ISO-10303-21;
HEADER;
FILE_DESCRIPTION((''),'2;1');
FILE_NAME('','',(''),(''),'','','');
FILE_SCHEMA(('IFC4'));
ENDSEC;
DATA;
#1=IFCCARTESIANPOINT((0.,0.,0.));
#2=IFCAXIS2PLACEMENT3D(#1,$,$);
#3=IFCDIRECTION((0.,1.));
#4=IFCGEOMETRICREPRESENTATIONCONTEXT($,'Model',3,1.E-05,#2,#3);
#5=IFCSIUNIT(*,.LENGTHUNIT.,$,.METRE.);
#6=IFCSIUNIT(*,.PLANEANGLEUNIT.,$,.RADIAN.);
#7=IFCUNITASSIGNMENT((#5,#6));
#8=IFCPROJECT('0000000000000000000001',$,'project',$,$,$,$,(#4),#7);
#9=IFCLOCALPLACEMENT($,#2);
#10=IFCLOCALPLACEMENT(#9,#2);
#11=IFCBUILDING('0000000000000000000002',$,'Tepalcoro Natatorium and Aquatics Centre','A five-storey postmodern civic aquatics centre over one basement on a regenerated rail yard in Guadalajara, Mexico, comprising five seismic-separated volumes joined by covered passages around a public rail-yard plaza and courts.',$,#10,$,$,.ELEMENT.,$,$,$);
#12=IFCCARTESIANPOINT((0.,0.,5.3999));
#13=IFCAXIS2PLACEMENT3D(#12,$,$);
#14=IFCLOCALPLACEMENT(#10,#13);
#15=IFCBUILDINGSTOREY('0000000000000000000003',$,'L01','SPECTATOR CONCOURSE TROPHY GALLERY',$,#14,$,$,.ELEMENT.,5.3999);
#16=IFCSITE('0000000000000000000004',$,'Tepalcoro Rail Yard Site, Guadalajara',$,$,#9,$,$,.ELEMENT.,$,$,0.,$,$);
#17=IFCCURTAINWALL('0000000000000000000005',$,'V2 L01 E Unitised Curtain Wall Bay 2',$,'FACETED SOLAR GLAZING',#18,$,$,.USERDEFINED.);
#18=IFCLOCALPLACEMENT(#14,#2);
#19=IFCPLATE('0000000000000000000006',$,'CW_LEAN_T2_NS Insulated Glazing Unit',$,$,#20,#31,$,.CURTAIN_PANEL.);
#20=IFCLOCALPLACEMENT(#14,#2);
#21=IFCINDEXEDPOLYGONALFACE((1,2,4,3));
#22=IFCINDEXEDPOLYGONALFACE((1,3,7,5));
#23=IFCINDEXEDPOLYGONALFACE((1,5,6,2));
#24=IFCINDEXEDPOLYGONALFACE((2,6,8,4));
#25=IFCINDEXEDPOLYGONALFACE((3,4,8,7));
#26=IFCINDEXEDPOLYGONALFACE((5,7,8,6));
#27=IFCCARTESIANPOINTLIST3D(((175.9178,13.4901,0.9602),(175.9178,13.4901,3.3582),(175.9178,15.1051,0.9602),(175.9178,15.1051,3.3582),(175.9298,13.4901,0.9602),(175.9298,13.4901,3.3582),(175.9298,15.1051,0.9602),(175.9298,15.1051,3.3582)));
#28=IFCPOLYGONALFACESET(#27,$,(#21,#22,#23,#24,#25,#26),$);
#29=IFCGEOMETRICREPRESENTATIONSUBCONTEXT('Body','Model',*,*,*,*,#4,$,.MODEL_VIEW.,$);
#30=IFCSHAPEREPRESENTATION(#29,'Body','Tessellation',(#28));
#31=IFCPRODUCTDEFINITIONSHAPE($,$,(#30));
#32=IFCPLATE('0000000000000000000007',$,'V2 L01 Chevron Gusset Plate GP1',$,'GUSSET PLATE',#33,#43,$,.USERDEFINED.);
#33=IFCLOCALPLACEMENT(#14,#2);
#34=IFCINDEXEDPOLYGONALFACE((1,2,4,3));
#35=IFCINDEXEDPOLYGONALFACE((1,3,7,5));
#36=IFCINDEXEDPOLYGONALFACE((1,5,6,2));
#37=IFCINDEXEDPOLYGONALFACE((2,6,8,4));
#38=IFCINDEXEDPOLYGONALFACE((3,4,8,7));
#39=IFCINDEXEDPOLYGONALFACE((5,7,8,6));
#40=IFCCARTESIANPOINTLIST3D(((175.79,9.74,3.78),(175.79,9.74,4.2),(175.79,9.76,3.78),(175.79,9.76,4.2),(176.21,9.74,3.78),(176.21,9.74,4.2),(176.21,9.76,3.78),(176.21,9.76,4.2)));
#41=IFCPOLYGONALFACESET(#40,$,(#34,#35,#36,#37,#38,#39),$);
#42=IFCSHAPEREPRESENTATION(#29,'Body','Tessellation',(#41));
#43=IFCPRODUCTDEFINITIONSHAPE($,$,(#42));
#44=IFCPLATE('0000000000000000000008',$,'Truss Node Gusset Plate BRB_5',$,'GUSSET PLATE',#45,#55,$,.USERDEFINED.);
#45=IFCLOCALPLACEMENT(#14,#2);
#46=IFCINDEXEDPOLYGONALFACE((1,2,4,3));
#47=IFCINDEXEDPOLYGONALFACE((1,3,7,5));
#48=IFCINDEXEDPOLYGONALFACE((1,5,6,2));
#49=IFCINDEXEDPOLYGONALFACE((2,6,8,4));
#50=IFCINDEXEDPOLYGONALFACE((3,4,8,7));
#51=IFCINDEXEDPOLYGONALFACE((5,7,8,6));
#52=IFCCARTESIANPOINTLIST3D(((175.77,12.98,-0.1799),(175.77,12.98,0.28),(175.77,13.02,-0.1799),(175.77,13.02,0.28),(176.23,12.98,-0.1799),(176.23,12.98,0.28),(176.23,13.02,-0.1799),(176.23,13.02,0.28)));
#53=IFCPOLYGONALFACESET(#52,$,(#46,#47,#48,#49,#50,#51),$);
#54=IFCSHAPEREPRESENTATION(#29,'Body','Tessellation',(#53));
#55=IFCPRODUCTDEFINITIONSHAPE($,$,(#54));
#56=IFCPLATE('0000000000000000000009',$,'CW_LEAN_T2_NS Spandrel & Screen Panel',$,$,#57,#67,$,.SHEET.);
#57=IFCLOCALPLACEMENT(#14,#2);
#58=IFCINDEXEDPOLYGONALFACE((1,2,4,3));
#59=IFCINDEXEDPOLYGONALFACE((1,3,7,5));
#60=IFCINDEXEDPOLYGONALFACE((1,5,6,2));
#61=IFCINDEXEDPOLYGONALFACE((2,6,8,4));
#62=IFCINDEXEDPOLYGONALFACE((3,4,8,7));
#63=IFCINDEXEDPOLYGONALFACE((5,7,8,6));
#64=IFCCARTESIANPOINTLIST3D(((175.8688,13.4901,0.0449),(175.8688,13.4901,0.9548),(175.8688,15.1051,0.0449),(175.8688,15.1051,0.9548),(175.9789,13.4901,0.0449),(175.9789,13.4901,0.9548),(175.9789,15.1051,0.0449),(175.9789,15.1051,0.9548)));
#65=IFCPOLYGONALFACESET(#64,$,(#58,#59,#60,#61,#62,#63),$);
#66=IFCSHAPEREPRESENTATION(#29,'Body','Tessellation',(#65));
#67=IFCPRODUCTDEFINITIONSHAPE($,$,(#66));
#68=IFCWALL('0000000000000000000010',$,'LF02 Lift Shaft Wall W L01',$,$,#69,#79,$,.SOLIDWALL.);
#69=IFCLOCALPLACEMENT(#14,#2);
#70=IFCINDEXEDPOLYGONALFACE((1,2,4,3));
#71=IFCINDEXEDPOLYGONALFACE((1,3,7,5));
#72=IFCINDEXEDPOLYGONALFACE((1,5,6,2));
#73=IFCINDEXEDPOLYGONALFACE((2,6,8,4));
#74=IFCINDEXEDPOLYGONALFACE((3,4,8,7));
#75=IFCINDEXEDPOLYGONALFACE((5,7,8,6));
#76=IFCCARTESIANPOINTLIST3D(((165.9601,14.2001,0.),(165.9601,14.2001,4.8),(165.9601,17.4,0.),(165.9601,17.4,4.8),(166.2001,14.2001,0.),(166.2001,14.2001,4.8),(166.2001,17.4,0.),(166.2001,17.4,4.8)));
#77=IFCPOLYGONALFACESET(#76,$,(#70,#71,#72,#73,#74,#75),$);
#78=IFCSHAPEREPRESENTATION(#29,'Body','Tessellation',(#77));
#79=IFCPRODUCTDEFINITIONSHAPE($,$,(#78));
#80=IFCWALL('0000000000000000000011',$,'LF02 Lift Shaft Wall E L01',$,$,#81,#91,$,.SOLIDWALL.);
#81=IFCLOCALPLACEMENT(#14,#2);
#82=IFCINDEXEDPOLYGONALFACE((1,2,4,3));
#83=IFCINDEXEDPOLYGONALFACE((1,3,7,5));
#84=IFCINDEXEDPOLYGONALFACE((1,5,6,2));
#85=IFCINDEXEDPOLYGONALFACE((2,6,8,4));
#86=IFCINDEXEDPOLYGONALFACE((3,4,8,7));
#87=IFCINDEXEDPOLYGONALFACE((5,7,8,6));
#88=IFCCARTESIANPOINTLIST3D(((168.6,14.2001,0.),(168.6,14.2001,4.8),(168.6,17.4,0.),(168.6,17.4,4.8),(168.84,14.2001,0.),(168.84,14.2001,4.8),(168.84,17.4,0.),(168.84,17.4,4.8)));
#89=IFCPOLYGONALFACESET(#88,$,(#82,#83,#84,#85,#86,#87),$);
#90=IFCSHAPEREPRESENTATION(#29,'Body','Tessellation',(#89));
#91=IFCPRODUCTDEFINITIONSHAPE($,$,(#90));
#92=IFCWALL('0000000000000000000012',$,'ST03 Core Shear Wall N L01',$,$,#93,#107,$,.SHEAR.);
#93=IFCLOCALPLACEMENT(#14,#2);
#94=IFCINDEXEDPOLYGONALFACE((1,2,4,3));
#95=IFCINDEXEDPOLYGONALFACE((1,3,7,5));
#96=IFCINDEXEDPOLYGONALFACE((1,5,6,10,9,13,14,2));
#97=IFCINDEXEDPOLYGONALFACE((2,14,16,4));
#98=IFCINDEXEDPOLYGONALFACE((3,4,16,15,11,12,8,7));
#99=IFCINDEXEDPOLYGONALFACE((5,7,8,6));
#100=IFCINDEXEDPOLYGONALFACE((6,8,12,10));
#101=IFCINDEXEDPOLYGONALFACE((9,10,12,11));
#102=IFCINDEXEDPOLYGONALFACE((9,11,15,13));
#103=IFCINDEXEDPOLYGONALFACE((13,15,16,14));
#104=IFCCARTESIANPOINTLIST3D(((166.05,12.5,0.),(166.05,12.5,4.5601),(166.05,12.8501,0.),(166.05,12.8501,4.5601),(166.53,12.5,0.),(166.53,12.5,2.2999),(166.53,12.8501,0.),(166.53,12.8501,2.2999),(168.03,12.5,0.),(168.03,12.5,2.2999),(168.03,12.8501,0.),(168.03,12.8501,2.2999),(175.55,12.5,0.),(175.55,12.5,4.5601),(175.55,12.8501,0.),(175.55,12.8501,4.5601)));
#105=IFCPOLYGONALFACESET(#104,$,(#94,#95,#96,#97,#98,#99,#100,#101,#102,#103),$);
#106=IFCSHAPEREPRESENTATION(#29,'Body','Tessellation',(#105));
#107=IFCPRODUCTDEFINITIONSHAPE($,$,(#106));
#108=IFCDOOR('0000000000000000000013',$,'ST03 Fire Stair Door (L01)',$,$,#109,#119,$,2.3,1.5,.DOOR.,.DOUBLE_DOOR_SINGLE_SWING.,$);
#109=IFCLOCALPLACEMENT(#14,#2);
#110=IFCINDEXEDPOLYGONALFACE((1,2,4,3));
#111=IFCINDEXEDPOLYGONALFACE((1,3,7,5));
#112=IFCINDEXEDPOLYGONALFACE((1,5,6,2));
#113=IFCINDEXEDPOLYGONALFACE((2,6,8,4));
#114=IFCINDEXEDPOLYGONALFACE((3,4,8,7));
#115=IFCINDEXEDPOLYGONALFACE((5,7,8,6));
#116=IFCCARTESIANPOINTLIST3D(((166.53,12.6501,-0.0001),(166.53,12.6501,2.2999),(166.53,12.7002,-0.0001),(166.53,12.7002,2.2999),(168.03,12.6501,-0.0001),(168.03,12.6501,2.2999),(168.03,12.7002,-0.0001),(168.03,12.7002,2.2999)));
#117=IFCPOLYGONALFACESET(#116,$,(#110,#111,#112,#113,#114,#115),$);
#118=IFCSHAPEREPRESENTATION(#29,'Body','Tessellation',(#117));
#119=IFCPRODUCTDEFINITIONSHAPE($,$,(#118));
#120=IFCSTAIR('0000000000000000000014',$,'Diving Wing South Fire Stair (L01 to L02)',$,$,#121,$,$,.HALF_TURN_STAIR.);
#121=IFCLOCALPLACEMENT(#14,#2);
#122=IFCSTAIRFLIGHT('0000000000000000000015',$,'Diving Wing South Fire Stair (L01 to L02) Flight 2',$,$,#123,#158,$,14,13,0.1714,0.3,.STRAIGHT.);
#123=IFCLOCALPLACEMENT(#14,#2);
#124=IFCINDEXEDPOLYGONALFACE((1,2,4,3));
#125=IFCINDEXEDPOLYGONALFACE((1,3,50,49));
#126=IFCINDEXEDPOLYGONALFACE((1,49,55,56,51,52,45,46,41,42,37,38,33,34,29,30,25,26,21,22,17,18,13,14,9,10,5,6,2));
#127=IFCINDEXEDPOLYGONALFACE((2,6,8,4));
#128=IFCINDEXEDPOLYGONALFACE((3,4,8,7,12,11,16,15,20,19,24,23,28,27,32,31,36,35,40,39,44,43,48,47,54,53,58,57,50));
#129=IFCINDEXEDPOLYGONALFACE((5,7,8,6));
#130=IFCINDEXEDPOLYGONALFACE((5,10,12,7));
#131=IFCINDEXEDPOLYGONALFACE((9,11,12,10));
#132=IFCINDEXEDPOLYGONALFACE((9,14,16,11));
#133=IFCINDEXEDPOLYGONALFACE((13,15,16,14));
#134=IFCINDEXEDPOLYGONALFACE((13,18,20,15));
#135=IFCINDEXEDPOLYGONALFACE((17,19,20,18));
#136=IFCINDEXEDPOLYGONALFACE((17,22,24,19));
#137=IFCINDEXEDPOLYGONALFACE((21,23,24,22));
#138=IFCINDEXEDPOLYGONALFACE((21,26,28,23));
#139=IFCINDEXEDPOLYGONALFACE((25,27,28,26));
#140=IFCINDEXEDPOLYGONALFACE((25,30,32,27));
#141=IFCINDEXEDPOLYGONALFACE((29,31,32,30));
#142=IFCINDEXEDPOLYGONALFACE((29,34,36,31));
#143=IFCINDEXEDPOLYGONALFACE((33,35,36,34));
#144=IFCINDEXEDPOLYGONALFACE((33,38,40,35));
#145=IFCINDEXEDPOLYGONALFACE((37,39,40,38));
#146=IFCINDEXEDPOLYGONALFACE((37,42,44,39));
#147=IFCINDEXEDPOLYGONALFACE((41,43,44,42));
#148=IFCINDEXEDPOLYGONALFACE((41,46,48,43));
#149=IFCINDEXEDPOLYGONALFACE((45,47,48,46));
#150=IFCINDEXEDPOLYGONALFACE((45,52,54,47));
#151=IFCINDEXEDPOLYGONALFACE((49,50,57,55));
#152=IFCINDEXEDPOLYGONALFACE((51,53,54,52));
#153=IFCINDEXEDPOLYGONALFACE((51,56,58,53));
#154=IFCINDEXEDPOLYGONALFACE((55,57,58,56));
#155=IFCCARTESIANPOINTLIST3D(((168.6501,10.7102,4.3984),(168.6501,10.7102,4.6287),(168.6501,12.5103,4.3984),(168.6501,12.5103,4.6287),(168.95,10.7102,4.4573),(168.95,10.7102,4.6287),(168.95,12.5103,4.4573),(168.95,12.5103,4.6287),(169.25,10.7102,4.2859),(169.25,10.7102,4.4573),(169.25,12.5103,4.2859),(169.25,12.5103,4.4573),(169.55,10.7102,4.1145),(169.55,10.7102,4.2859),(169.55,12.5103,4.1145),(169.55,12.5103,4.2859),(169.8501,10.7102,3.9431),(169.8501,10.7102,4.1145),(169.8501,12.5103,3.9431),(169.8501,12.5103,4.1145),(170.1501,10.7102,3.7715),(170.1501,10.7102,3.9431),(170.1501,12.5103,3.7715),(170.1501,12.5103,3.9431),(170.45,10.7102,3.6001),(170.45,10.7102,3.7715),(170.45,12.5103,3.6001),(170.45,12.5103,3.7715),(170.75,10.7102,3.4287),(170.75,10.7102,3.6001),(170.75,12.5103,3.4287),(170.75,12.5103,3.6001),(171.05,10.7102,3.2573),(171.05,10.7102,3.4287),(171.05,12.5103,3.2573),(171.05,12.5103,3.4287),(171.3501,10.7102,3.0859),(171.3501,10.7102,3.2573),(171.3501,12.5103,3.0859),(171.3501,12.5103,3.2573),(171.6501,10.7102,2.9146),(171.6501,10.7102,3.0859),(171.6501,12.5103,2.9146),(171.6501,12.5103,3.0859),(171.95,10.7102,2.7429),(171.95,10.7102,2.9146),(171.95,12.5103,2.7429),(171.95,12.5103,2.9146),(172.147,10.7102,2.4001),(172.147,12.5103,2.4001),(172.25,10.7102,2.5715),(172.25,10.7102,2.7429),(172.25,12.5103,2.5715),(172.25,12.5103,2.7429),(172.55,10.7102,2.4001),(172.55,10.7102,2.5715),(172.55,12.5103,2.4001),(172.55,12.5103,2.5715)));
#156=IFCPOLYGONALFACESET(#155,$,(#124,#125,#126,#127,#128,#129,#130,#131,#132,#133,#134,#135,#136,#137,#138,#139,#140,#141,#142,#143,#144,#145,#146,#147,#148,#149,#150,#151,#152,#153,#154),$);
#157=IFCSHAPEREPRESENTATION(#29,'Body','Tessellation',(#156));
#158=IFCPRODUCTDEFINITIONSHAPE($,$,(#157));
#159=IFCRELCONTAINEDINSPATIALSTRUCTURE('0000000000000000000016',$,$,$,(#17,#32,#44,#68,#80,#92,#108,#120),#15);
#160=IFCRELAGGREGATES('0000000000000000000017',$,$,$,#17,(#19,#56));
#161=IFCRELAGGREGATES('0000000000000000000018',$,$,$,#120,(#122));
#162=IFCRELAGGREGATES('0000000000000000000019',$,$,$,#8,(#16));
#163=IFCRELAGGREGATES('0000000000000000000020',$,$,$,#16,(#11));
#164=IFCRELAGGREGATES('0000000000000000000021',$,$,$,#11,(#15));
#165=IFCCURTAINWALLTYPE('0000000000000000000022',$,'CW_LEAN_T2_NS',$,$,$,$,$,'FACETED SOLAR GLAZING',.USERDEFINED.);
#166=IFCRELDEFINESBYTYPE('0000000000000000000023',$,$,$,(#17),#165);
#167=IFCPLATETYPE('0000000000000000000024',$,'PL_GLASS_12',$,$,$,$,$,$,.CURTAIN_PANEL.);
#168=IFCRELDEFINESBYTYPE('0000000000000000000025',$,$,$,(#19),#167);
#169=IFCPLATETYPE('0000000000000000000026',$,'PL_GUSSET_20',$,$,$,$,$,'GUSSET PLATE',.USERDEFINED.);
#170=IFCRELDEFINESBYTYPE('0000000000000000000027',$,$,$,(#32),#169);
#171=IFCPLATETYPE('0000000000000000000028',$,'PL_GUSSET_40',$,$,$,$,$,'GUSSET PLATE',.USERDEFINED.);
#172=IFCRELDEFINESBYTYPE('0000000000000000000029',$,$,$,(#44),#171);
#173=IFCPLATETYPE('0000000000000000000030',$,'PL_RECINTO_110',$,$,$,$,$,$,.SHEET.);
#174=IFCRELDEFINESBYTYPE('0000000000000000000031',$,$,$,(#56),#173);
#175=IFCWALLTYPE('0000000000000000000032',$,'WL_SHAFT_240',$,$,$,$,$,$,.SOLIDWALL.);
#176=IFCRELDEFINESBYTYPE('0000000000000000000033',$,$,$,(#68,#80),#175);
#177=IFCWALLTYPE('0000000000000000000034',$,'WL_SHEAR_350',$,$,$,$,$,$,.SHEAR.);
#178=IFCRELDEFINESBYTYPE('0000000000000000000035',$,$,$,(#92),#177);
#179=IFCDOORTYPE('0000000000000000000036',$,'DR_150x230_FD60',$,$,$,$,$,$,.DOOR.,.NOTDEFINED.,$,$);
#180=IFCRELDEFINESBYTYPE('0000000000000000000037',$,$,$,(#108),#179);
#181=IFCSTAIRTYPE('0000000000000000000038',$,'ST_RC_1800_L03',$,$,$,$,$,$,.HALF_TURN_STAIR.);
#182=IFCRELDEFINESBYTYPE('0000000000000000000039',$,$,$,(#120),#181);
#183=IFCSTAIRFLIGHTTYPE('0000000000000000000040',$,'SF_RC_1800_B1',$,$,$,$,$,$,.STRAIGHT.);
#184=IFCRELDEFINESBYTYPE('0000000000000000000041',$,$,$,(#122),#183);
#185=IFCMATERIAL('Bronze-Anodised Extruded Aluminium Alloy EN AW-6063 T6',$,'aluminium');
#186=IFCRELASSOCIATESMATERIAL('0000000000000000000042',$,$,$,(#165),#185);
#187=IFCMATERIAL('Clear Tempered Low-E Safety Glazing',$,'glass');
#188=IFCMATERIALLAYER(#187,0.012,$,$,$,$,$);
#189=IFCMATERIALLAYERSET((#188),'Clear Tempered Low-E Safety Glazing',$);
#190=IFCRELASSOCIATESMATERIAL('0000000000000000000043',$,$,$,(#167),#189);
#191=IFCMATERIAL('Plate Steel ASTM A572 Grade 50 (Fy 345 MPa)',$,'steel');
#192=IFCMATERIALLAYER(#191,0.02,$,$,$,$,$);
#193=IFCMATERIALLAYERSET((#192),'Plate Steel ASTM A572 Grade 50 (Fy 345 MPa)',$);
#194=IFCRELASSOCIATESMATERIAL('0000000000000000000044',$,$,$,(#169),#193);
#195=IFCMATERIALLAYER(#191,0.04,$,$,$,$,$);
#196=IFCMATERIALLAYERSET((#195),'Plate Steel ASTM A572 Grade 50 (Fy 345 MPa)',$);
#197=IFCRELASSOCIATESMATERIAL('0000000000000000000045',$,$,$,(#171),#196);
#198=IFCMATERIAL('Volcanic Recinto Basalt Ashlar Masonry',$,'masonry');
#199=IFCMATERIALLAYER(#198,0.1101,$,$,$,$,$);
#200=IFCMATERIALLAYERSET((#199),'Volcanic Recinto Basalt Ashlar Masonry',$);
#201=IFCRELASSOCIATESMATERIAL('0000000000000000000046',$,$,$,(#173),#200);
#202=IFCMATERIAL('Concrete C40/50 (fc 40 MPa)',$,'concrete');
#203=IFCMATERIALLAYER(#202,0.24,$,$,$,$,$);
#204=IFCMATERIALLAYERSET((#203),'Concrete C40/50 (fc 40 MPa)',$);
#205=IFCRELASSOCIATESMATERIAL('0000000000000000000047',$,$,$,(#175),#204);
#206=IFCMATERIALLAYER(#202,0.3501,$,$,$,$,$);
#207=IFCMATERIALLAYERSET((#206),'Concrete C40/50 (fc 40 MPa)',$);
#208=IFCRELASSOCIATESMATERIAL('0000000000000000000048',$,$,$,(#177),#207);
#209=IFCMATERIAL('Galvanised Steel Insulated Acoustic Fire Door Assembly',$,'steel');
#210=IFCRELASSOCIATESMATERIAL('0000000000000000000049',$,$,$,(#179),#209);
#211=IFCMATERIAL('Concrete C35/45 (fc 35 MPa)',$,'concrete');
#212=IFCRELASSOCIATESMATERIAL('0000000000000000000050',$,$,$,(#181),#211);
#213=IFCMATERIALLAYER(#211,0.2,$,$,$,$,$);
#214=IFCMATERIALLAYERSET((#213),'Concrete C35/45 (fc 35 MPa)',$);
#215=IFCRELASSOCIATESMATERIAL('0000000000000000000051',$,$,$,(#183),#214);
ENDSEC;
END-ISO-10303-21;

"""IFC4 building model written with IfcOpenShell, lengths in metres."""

from ifc_helpers import new_model, si_unit, direction, frame, frame_2d, origin, origin_2d, place, context, subcontext, project, spatial, polyline, rectangle, outline, extrude, material, layer, layer_set, type_object, element, fill, aggregate, save


model = new_model("IFC4")

# Units and contexts
model_context = context("Model", 3, precision=1e-05, world=origin(), true_north=direction((0.0, 1.0)))
body_context = subcontext(model_context, "Body", "Model", "MODEL_VIEW")
ifc_project = project(units=[si_unit("LENGTHUNIT", "METRE"), si_unit("PLANEANGLEUNIT", "RADIAN")], contexts=[model_context])

# Site, building, storey
site_placement = place(None, origin())
site = spatial("IfcSite", under=ifc_project, at=site_placement, Name="Tepalcoro Rail Yard Site, Guadalajara", CompositionType="ELEMENT", RefElevation=0.0)
building_placement = place(site_placement, origin())
building = spatial("IfcBuilding", under=site, at=building_placement, Name="Tepalcoro Natatorium and Aquatics Centre", Description="A five-storey postmodern civic aquatics centre over one basement on a regenerated rail yard in Guadalajara, Mexico, comprising five seismic-separated volumes joined by covered passages around a public rail-yard plaza and courts.", CompositionType="ELEMENT")
storey_placement = place(building_placement, frame((0.0, 0.0, 5.3999)))
storey = spatial("IfcBuildingStorey", under=building, at=storey_placement, Name="L01", Description="SPECTATOR CONCOURSE TROPHY GALLERY", CompositionType="ELEMENT", Elevation=5.3999)

# Shared definitions
ifc_material_1 = material(Name="Concrete C40/50 (fc 40 MPa)", Category="concrete")

# Curtain wall
ifc_material_2 = material(Name="Bronze-Anodised Extruded Aluminium Alloy EN AW-6063 T6", Category="aluminium")
curtain_wall_type = type_object("IfcCurtainWallType", Name="CW_LEAN_T2_NS", ElementType="FACETED SOLAR GLAZING", PredefinedType="USERDEFINED", material=ifc_material_2)
curtain_wall_placement = place(storey_placement, origin())
curtain_wall = element("IfcCurtainWall", 1, at=curtain_wall_placement, inside=storey, type_object=curtain_wall_type, Name="V2 L01 E Unitised Curtain Wall Bay 2", ObjectType="FACETED SOLAR GLAZING", PredefinedType="USERDEFINED")

# Plate
ifc_material_3 = material(Name="Clear Tempered Low-E Safety Glazing", Category="glass")
ifc_layer_1 = layer(ifc_material_3, 0.012)
ifc_layer_set_1 = layer_set([ifc_layer_1], Name="Clear Tempered Low-E Safety Glazing")
plate_type_1 = type_object("IfcPlateType", Name="PL_GLASS_12", PredefinedType="CURTAIN_PANEL", material=ifc_layer_set_1)
plate_1_placement = place(storey_placement, frame((175.9238, 14.2976, 0.9602), z_axis=(0.0, 0.0, 1.0), x_axis=(1.0, 0.0, 0.0)))
plate_1 = element("IfcPlate", 2, at=plate_1_placement, type_object=plate_type_1, Name="CW_LEAN_T2_NS Insulated Glazing Unit", PredefinedType="CURTAIN_PANEL", context=body_context, shape_type="SweptSolid", body=[
    extrude(rectangle(XDim=0.012, YDim=1.615, at=origin_2d()), origin(), (0.0, 0.0, 1.0), 2.3979),
])

# Plates
ifc_material_4 = material(Name="Plate Steel ASTM A572 Grade 50 (Fy 345 MPa)", Category="steel")
ifc_layer_2 = layer(ifc_material_4, 0.02)
ifc_layer_set_2 = layer_set([ifc_layer_2], Name="Plate Steel ASTM A572 Grade 50 (Fy 345 MPa)")
plate_type_2 = type_object("IfcPlateType", Name="PL_GUSSET_20", ElementType="GUSSET PLATE", PredefinedType="USERDEFINED", material=ifc_layer_set_2)
plate_2_placement = place(storey_placement, frame((176.0, 9.75, 3.78), z_axis=(0.0, 0.0, 1.0), x_axis=(1.0, 0.0, 0.0)))
element("IfcPlate", 3, at=plate_2_placement, inside=storey, type_object=plate_type_2, Name="V2 L01 Chevron Gusset Plate GP1", ObjectType="GUSSET PLATE", PredefinedType="USERDEFINED", context=body_context, shape_type="SweptSolid", body=[
    extrude(rectangle(XDim=0.4199, YDim=0.02, at=origin_2d()), origin(), (0.0, 0.0, 1.0), 0.4199),
])
ifc_layer_3 = layer(ifc_material_4, 0.04)
ifc_layer_set_3 = layer_set([ifc_layer_3], Name="Plate Steel ASTM A572 Grade 50 (Fy 345 MPa)")
plate_type_3 = type_object("IfcPlateType", Name="PL_GUSSET_40", ElementType="GUSSET PLATE", PredefinedType="USERDEFINED", material=ifc_layer_set_3)
plate_3_placement = place(storey_placement, frame((176.0, 13.0, -0.1799), z_axis=(0.0, 0.0, 1.0), x_axis=(1.0, 0.0, 0.0)))
element("IfcPlate", 4, at=plate_3_placement, inside=storey, type_object=plate_type_3, Name="Truss Node Gusset Plate BRB_5", ObjectType="GUSSET PLATE", PredefinedType="USERDEFINED", context=body_context, shape_type="SweptSolid", body=[
    extrude(rectangle(XDim=0.46, YDim=0.04, at=origin_2d()), origin(), (0.0, 0.0, 1.0), 0.46),
])

# Plate
ifc_material_5 = material(Name="Volcanic Recinto Basalt Ashlar Masonry", Category="masonry")
ifc_layer_4 = layer(ifc_material_5, 0.1101)
ifc_layer_set_4 = layer_set([ifc_layer_4], Name="Volcanic Recinto Basalt Ashlar Masonry")
plate_type_4 = type_object("IfcPlateType", Name="PL_RECINTO_110", PredefinedType="SHEET", material=ifc_layer_set_4)
plate_4_placement = place(storey_placement, frame((175.9238, 14.2976, 0.0449), z_axis=(0.0, 0.0, 1.0), x_axis=(1.0, 0.0, 0.0)))
plate_4 = element("IfcPlate", 5, at=plate_4_placement, type_object=plate_type_4, Name="CW_LEAN_T2_NS Spandrel & Screen Panel", PredefinedType="SHEET", context=body_context, shape_type="SweptSolid", body=[
    extrude(rectangle(XDim=0.1101, YDim=1.615, at=origin_2d()), origin(), (0.0, 0.0, 1.0), 0.9099),
])
aggregate(curtain_wall, [plate_1, plate_4])

# Walls
ifc_layer_5 = layer(ifc_material_1, 0.24)
ifc_layer_set_5 = layer_set([ifc_layer_5], Name="Concrete C40/50 (fc 40 MPa)")
wall_type_1 = type_object("IfcWallType", Name="WL_SHAFT_240", PredefinedType="SOLIDWALL", material=ifc_layer_set_5)
for number, where, z_axis, x_axis, name in (
    (6, (166.0801, 14.2, 0.0), (0.0, 0.0, 1.0), (0.0, 1.0, 0.0), "LF02 Lift Shaft Wall W L01"),
    (7, (168.72, 14.2, 0.0), (0.0, 0.0, 1.0), (0.0, 1.0, 0.0), "LF02 Lift Shaft Wall E L01"),
):
    element("IfcWall", number, at=place(storey_placement, frame(where, z_axis=z_axis, x_axis=x_axis)), inside=storey, type_object=wall_type_1, Name=name, PredefinedType="SOLIDWALL", context=body_context, shape_type="SweptSolid", body=[
        extrude(rectangle(XDim=3.2, YDim=0.24, at=frame_2d((1.6001, 0.0))), origin(), (0.0, 0.0, 1.0), 4.8),
    ])

# Wall, opening, door
ifc_layer_6 = layer(ifc_material_1, 0.3501)
ifc_layer_set_6 = layer_set([ifc_layer_6], Name="Concrete C40/50 (fc 40 MPa)")
wall_type_2 = type_object("IfcWallType", Name="WL_SHEAR_350", PredefinedType="SHEAR", material=ifc_layer_set_6)
wall_1_placement = place(storey_placement, frame((166.05, 12.675, 0.0), z_axis=(0.0, 0.0, 1.0), x_axis=(1.0, 0.0, 0.0)))
wall_1 = element("IfcWall", 8, at=wall_1_placement, inside=storey, type_object=wall_type_2, Name="ST03 Core Shear Wall N L01", PredefinedType="SHEAR", context=body_context, shape_type="SweptSolid", body=[
    extrude(rectangle(XDim=9.5, YDim=0.3501, at=frame_2d((4.75, 0.0))), origin(), (0.0, 0.0, 1.0), 4.5601),
])
opening_placement = place(wall_1_placement, frame((0.48, 0.0, 0.0)))
opening = element("IfcOpeningElement", 9, at=opening_placement, cuts=wall_1, PredefinedType="OPENING", context=body_context, shape_type="SweptSolid", body=[
    extrude(rectangle(XDim=1.5, YDim=2.3, at=frame_2d((0.75, 1.1499))), frame((0.0, 0.187, 0.0), z_axis=(0.0, -1.0, 0.0), x_axis=(1.0, 0.0, 0.0)), (0.0, 0.0, 1.0), 0.374),
])
ifc_material_6 = material(Name="Galvanised Steel Insulated Acoustic Fire Door Assembly", Category="steel")
door_type = type_object("IfcDoorType", Name="DR_150x230_FD60", OperationType="NOTDEFINED", PredefinedType="DOOR", material=ifc_material_6)
door_placement = place(opening_placement, frame((1.5, 0.0, 0.0), z_axis=(0.0, 0.0, 1.0), x_axis=(-1.0, 0.0, 0.0)))
door = element("IfcDoor", 10, at=door_placement, inside=storey, type_object=door_type, Name="ST03 Fire Stair Door (L01)", OperationType="DOUBLE_DOOR_SINGLE_SWING", OverallHeight=2.3, OverallWidth=1.5, PredefinedType="DOOR", context=body_context, shape_type="SweptSolid", body=[
    extrude(rectangle(XDim=1.5, YDim=2.3, at=frame_2d((0.75, 1.1499))), frame((0.0, 0.0249, 0.0), z_axis=(0.0, -1.0, 0.0), x_axis=(1.0, 0.0, 0.0)), (0.0, 0.0, 1.0), 0.05),
])
fill(opening, door)

# Stair, stair flight
ifc_material_7 = material(Name="Concrete C35/45 (fc 35 MPa)", Category="concrete")
stair_type = type_object("IfcStairType", Name="ST_RC_1800_L03", PredefinedType="HALF_TURN_STAIR", material=ifc_material_7)
stair_placement = place(storey_placement, origin())
stair = element("IfcStair", 11, at=stair_placement, inside=storey, type_object=stair_type, Name="Diving Wing South Fire Stair (L01 to L02)", PredefinedType="HALF_TURN_STAIR")
ifc_layer_7 = layer(ifc_material_7, 0.2)
ifc_layer_set_7 = layer_set([ifc_layer_7], Name="Concrete C35/45 (fc 35 MPa)")
stair_flight_type = type_object("IfcStairFlightType", Name="SF_RC_1800_B1", PredefinedType="STRAIGHT", material=ifc_layer_set_7)
stair_flight_placement = place(storey_placement, frame((172.55, 11.6101, 2.4001), z_axis=(0.0, 0.0, 1.0), x_axis=(-1.0, 0.0, 0.0)))
stair_flight = element("IfcStairFlight", 12, at=stair_flight_placement, type_object=stair_flight_type, Name="Diving Wing South Fire Stair (L01 to L02) Flight 2", NumberOfRisers=14, NumberOfTreads=13, PredefinedType="STRAIGHT", RiserHeight=0.1714, TreadLength=0.3, context=body_context, shape_type="SweptSolid", body=[
    extrude(outline(polyline([(0.0, 0.0), (0.0, 0.1714), (0.3, 0.1714), (0.3, 0.3428), (0.6001, 0.3428), (0.6001, 0.5144), (0.8999, 0.5144), (0.8999, 0.6858), (1.2, 0.6858), (1.2, 0.8572), (1.5, 0.8572), (1.5, 1.0286), (1.8, 1.0286), (1.8, 1.2), (2.1001, 1.2), (2.1001, 1.3713), (2.3999, 1.3713), (2.3999, 1.543), (2.7, 1.543), (2.7, 1.7144), (3.0, 1.7144), (3.0, 1.8857), (3.3, 1.8857), (3.3, 2.0571), (3.6001, 2.0571), (3.6001, 2.2285), (3.8999, 2.2285), (3.8999, 2.3999), (3.8999, 1.9983), (0.4031, 0.0), (0.0, 0.0)])), frame((0.0, 0.8999, 0.0), z_axis=(0.0, -1.0, 0.0), x_axis=(1.0, 0.0, 0.0)), (0.0, 0.0, 1.0), 1.8),
])
aggregate(stair, [stair_flight])

save(model, "model.ifc")
